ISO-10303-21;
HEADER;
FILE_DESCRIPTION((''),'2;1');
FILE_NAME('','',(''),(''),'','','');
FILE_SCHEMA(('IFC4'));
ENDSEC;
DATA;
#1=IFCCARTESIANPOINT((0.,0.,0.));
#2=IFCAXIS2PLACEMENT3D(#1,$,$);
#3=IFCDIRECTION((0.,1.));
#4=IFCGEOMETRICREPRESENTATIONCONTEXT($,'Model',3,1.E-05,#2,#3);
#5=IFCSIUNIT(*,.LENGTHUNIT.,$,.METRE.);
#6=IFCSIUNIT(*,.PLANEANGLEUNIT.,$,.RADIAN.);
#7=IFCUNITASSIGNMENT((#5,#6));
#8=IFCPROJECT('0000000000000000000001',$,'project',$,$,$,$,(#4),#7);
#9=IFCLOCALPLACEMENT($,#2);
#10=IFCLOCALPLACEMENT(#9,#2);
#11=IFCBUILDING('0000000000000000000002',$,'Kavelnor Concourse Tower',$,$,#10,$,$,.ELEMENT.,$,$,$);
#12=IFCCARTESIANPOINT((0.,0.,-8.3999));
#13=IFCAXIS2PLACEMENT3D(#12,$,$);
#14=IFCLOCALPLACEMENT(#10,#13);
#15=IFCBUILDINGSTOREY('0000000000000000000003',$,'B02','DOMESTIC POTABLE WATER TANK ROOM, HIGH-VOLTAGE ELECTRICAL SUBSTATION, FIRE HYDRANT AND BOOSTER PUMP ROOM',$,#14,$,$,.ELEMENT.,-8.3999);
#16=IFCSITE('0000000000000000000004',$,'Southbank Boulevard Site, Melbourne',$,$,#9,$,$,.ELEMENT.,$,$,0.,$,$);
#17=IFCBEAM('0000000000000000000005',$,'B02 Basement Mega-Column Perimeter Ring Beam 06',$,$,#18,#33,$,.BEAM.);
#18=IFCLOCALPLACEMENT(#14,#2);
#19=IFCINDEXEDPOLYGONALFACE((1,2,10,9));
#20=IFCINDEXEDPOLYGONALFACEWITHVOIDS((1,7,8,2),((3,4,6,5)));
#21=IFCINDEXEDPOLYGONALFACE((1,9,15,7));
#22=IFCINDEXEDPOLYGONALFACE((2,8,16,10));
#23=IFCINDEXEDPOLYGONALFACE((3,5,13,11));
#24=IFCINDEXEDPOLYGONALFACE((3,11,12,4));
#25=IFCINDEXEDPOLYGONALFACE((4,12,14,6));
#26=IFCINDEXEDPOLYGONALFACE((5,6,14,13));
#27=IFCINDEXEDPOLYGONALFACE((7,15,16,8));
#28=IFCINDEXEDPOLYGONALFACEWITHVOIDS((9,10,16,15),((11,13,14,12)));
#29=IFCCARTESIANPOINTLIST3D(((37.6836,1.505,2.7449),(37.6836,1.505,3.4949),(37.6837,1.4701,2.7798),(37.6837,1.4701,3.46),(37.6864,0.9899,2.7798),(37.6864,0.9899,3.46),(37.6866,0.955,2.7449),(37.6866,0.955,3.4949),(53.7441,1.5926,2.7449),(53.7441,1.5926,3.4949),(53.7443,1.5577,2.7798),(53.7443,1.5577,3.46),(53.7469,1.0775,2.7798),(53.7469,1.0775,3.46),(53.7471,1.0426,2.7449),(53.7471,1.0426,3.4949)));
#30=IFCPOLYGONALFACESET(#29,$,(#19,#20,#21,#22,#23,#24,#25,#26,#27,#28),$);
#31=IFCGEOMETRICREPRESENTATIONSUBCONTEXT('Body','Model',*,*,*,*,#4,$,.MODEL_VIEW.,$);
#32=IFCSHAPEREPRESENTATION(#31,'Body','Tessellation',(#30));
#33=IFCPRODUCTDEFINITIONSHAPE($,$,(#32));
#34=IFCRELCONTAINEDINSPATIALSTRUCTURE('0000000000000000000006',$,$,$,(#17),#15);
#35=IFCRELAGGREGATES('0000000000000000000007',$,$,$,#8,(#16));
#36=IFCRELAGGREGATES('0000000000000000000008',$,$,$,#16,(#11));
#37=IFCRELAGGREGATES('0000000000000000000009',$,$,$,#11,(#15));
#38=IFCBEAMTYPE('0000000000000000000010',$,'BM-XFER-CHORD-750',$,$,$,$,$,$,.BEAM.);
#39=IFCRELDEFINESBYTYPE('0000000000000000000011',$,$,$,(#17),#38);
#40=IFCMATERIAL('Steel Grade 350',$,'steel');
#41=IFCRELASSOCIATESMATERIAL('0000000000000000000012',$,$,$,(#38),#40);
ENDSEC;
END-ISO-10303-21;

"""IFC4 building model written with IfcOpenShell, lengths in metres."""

from ifc_helpers import new_model, si_unit, direction, frame, origin, origin_2d, place, context, subcontext, project, spatial, hollow_rectangle, extrude, material, material_profile, profile_set, type_object, element, save


model = new_model("IFC4")

# Units and contexts
model_context = context("Model", 3, precision=1e-05, world=origin(), true_north=direction((0.0, 1.0)))
body_context = subcontext(model_context, "Body", "Model", "MODEL_VIEW")
ifc_project = project(units=[si_unit("LENGTHUNIT", "METRE"), si_unit("PLANEANGLEUNIT", "RADIAN")], contexts=[model_context])

# Site, building, storey
site_placement = place(None, origin())
site = spatial("IfcSite", under=ifc_project, at=site_placement, Name="Southbank Boulevard Site, Melbourne", CompositionType="ELEMENT", RefElevation=0.0)
building_placement = place(site_placement, origin())
building = spatial("IfcBuilding", under=site, at=building_placement, Name="Kavelnor Concourse Tower", CompositionType="ELEMENT")
storey_placement = place(building_placement, frame((0.0, 0.0, -8.3999)))
storey = spatial("IfcBuildingStorey", under=building, at=storey_placement, Name="B02", Description="DOMESTIC POTABLE WATER TANK ROOM, HIGH-VOLTAGE ELECTRICAL SUBSTATION, FIRE HYDRANT AND BOOSTER PUMP ROOM", CompositionType="ELEMENT", Elevation=-8.3999)

# Shared definitions
ifc_material_1 = material(Name="Steel Grade 350", Category="steel")

# Beam
ifc_material_profile_1 = material_profile(ifc_material_1, hollow_rectangle(XDim=0.55, YDim=0.75, WallThickness=0.0349, at=origin_2d()), Name="RHS 750x550x35")
ifc_profile_set_1 = profile_set([ifc_material_profile_1], Name="Steel Grade 350")
beam_type_1 = type_object("IfcBeamType", Name="BM-XFER-CHORD-750", PredefinedType="BEAM", material=ifc_profile_set_1)
beam_1_placement = place(storey_placement, frame((37.6851, 1.23, 3.1199), z_axis=(0.999985, 0.005457, 0.0), x_axis=(-0.005457, 0.999985, 0.0)))
element("IfcBeam", 1, at=beam_1_placement, inside=storey, type_object=beam_type_1, Name="B02 Basement Mega-Column Perimeter Ring Beam 06", PredefinedType="BEAM", context=body_context, shape_type="SweptSolid", body=[
    extrude(hollow_rectangle(XDim=0.55, YDim=0.75, WallThickness=0.0349, at=origin_2d()), origin(), (0.0, 0.0, 1.0), 16.0608),
])

save(model, "model.ifc")
